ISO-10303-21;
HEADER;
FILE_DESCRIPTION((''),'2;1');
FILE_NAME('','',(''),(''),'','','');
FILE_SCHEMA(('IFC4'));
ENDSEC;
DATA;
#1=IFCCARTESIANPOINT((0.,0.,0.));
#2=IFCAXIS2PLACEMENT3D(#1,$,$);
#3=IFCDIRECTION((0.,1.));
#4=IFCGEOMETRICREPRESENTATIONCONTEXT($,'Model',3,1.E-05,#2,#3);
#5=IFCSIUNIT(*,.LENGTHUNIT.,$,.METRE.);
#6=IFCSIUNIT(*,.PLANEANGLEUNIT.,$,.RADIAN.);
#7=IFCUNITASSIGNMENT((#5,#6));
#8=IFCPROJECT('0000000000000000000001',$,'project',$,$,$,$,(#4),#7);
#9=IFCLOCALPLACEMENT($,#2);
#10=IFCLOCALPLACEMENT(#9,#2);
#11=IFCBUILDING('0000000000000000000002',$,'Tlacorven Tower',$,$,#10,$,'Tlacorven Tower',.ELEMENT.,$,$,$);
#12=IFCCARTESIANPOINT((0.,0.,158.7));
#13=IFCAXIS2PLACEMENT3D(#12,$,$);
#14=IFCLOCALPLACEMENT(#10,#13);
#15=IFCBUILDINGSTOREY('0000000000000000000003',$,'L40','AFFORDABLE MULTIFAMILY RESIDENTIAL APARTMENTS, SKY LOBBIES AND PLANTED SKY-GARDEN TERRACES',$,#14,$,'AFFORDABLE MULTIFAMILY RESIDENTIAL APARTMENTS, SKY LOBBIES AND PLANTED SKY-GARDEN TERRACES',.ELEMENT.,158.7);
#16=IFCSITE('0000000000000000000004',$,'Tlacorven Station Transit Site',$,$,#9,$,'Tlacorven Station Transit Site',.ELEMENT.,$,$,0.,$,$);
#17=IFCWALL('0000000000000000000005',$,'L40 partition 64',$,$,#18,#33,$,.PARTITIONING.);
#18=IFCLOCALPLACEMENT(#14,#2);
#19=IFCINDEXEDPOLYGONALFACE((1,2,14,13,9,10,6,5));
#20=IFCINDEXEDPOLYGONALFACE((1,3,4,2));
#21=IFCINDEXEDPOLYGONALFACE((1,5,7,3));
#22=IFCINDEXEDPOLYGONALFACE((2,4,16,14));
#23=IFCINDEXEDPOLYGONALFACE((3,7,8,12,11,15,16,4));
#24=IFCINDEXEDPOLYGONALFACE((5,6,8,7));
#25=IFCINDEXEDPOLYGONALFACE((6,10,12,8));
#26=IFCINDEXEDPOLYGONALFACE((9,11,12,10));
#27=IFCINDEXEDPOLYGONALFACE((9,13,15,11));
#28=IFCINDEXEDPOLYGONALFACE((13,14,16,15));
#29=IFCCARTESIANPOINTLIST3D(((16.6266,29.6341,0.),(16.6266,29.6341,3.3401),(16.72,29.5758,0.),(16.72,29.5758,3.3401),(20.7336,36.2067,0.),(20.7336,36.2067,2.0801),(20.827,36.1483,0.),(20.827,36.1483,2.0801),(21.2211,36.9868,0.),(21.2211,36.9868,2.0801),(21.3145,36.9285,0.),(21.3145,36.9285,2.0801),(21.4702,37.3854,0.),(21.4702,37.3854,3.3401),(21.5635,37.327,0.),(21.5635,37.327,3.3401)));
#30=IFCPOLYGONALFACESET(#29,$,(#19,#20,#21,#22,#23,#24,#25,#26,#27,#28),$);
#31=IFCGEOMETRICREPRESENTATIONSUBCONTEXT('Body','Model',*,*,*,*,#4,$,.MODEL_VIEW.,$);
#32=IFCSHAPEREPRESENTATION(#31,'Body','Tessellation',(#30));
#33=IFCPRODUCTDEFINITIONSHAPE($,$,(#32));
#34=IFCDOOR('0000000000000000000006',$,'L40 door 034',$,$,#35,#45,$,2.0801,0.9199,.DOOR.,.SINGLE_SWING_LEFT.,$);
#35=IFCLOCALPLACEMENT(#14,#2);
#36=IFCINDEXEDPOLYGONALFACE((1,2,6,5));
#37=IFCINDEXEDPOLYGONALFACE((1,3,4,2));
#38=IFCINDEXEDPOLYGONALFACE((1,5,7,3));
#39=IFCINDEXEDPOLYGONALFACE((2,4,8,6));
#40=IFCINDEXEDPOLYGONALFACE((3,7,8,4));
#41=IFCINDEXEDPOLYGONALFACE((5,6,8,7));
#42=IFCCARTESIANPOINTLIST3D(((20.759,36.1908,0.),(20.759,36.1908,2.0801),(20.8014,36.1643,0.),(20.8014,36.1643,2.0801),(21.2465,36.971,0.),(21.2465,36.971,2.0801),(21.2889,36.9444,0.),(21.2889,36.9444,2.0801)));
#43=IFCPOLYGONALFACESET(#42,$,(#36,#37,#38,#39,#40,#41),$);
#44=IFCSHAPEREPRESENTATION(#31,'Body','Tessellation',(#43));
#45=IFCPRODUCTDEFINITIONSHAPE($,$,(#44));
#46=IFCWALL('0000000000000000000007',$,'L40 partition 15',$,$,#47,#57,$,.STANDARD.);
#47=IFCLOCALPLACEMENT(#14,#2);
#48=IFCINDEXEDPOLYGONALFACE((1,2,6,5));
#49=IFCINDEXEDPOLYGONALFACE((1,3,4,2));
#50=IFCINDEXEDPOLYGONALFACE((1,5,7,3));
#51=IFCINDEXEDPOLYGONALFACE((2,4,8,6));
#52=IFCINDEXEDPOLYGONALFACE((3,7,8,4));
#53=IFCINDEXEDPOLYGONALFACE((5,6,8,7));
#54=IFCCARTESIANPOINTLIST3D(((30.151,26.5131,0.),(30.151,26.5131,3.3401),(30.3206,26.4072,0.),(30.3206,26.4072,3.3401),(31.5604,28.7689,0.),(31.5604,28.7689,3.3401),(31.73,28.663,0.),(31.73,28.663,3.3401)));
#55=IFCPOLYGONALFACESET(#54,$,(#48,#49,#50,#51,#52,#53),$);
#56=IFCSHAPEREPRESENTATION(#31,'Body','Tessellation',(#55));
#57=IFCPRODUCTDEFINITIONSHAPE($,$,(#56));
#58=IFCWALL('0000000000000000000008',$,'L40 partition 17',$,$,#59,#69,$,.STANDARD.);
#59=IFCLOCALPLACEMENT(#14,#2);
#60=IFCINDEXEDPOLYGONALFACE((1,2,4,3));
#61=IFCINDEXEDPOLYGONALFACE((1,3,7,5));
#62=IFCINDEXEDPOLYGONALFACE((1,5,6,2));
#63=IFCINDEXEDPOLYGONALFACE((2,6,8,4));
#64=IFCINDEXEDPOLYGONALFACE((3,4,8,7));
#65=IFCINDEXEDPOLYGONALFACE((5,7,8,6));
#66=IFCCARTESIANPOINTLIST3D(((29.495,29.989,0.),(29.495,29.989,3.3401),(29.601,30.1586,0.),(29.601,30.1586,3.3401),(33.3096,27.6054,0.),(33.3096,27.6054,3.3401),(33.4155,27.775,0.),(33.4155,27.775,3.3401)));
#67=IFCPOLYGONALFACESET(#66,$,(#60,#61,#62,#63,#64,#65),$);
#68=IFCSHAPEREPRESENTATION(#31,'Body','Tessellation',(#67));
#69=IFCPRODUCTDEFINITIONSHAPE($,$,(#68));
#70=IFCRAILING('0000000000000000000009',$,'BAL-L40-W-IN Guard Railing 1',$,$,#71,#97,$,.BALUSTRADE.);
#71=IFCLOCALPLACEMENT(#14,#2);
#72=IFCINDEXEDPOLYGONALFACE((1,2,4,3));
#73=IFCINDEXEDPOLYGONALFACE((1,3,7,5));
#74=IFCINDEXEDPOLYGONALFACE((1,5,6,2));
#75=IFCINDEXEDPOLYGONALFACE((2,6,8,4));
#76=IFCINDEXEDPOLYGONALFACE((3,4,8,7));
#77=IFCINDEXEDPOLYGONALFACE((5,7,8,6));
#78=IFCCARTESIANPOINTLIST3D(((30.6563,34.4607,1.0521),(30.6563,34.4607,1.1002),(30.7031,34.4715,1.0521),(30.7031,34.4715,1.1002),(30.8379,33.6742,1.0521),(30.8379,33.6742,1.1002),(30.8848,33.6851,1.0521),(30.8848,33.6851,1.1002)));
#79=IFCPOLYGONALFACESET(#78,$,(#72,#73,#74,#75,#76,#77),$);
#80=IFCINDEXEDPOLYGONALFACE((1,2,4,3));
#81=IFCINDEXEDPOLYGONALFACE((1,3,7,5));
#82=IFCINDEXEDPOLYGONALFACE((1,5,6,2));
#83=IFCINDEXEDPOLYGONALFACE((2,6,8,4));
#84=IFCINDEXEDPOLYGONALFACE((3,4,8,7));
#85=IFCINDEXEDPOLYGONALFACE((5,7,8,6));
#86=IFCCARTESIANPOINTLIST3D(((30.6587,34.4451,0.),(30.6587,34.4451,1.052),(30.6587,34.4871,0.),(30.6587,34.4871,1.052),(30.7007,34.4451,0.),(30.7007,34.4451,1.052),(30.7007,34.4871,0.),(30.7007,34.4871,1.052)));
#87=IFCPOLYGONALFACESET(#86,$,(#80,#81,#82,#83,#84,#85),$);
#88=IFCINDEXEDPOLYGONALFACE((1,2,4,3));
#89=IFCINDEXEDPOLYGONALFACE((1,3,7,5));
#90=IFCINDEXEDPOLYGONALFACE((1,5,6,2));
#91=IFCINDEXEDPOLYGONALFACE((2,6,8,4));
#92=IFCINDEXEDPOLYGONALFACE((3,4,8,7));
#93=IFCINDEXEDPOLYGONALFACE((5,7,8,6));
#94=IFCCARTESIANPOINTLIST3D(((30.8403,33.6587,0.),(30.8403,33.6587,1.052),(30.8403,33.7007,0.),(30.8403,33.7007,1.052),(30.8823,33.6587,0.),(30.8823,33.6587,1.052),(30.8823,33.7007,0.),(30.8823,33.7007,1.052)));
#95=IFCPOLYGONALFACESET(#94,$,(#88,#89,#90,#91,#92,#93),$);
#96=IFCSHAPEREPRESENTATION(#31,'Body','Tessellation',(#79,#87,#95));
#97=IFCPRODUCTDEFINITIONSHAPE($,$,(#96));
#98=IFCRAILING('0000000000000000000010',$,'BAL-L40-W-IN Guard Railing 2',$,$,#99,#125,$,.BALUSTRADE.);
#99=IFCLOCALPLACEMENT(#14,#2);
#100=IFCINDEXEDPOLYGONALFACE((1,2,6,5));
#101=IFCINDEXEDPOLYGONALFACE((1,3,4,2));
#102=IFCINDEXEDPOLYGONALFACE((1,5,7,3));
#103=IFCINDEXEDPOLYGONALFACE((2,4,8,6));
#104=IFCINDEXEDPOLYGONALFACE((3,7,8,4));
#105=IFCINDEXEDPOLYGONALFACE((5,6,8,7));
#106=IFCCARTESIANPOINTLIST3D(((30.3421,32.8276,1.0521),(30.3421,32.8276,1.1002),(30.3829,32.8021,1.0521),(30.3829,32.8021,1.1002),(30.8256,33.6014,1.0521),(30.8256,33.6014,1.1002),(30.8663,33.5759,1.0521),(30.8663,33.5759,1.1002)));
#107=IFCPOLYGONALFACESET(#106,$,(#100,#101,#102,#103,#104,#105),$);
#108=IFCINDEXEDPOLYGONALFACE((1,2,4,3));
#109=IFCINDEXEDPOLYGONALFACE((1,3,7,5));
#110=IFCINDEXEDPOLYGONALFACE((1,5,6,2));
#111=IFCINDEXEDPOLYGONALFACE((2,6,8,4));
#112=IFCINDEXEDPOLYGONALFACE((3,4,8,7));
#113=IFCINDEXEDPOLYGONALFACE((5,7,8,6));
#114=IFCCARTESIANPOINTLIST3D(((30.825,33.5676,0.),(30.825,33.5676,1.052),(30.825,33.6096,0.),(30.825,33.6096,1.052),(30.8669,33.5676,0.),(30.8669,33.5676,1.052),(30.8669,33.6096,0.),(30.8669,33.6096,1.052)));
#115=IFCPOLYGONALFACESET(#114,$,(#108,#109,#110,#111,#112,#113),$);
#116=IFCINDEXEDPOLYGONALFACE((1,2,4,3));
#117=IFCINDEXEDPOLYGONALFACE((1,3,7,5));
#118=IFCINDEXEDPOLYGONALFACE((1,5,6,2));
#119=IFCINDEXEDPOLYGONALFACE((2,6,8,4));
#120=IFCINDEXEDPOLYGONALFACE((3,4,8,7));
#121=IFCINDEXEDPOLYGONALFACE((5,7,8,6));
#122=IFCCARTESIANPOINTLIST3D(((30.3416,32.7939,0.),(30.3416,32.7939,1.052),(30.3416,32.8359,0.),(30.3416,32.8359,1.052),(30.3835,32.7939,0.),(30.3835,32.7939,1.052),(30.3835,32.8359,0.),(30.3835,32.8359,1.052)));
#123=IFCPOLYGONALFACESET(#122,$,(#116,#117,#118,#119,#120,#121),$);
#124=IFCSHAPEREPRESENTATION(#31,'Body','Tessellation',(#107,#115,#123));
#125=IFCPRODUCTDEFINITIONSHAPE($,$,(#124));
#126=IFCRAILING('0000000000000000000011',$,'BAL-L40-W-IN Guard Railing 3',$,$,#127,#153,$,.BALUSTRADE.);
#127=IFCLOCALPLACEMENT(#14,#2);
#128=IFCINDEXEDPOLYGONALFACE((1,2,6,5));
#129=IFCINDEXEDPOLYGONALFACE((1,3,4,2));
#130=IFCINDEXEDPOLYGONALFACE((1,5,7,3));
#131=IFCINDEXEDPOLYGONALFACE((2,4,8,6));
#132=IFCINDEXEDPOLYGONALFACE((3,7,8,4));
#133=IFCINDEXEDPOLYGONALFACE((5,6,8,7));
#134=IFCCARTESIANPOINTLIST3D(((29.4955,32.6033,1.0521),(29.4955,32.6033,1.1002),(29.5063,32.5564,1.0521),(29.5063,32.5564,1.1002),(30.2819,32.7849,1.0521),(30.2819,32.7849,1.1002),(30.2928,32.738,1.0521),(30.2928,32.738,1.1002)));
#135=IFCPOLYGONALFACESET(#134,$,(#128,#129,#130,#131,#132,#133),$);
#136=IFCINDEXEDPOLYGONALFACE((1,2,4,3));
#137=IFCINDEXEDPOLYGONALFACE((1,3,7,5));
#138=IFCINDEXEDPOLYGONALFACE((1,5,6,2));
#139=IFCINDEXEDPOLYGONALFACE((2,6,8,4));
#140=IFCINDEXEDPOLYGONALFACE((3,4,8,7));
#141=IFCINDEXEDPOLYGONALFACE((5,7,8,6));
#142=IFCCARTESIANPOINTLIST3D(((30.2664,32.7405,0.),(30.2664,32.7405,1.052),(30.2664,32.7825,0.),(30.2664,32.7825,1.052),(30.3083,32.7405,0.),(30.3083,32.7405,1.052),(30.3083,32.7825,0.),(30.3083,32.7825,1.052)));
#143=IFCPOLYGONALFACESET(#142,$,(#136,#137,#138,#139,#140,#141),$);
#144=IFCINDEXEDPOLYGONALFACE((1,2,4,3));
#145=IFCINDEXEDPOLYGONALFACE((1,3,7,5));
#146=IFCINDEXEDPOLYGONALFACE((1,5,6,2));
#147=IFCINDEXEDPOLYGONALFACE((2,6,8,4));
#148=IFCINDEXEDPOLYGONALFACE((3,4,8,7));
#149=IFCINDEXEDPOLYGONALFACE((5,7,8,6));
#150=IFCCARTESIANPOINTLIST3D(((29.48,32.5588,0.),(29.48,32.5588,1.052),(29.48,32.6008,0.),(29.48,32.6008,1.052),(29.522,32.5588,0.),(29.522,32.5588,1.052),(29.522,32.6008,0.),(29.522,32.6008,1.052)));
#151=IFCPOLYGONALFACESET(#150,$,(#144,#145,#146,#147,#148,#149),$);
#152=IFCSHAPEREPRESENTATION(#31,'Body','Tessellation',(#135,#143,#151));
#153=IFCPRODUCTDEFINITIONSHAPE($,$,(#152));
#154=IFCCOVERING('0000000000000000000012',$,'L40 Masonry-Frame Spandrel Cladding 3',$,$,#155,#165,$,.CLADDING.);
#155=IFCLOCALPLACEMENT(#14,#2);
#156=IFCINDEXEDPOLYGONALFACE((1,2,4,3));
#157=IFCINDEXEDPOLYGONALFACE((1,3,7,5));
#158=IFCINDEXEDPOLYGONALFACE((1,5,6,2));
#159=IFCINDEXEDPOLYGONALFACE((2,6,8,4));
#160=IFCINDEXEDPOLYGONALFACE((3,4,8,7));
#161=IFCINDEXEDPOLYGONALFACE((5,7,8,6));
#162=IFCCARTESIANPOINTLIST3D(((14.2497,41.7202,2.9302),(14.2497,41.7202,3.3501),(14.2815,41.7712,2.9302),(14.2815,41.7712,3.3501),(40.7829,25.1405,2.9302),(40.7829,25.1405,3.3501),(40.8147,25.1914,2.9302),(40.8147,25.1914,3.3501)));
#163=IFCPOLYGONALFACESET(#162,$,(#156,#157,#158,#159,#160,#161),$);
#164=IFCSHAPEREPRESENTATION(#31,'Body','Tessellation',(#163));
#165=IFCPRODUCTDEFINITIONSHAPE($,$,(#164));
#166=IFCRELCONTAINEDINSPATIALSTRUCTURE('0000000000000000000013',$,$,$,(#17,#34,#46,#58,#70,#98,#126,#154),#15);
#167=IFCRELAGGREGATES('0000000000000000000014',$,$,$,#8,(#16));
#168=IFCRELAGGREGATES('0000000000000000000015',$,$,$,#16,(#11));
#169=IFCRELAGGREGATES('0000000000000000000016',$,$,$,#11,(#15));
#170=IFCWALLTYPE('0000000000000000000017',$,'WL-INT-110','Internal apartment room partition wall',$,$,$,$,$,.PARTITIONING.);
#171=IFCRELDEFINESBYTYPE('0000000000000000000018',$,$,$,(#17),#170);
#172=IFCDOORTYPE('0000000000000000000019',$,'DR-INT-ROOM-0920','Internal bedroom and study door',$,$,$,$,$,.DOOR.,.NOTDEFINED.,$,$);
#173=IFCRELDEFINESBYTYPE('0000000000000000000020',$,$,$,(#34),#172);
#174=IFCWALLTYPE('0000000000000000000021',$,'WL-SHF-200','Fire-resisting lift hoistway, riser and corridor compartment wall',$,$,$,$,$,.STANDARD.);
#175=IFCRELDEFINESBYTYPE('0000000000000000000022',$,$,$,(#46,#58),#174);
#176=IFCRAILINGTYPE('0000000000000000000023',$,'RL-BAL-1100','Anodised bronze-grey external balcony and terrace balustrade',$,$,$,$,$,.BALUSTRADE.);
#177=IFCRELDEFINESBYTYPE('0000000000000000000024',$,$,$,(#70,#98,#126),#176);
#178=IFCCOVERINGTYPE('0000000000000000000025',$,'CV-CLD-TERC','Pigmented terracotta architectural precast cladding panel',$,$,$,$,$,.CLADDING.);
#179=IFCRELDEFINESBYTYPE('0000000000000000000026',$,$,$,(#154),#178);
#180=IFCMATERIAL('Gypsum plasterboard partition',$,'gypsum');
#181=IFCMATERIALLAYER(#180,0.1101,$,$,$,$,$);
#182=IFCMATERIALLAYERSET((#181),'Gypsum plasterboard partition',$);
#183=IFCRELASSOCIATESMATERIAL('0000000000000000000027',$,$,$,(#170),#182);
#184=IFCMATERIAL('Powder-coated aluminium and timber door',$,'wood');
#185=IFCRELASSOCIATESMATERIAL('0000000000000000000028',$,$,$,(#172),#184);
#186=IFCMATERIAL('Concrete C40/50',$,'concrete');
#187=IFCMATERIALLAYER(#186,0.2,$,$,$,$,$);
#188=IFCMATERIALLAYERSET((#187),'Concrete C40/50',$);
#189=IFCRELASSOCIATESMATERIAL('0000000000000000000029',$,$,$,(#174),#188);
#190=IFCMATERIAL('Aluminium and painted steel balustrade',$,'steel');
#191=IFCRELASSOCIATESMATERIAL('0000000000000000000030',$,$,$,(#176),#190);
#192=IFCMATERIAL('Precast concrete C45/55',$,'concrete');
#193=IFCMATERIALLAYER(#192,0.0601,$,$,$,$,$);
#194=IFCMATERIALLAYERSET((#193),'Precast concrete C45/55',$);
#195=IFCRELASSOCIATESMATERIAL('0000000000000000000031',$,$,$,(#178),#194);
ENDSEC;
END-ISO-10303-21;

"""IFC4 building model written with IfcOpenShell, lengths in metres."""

from ifc_helpers import new_model, si_unit, direction, frame, frame_2d, origin, origin_2d, place, context, subcontext, project, spatial, rectangle, extrude, source, transform, mapped, material, layer, layer_set, type_object, element, fill, save


model = new_model("IFC4")

# Units and contexts
model_context = context("Model", 3, precision=1e-05, world=origin(), true_north=direction((0.0, 1.0)))
body_context = subcontext(model_context, "Body", "Model", "MODEL_VIEW")
ifc_project = project(units=[si_unit("LENGTHUNIT", "METRE"), si_unit("PLANEANGLEUNIT", "RADIAN")], contexts=[model_context])

# Site, building, storey
site_placement = place(None, origin())
site = spatial("IfcSite", under=ifc_project, at=site_placement, Name="Tlacorven Station Transit Site", LongName="Tlacorven Station Transit Site", CompositionType="ELEMENT", RefElevation=0.0)
building_placement = place(site_placement, origin())
building = spatial("IfcBuilding", under=site, at=building_placement, Name="Tlacorven Tower", LongName="Tlacorven Tower", CompositionType="ELEMENT")
storey_placement = place(building_placement, frame((0.0, 0.0, 158.7)))
storey = spatial("IfcBuildingStorey", under=building, at=storey_placement, Name="L40", Description="AFFORDABLE MULTIFAMILY RESIDENTIAL APARTMENTS, SKY LOBBIES AND PLANTED SKY-GARDEN TERRACES", LongName="AFFORDABLE MULTIFAMILY RESIDENTIAL APARTMENTS, SKY LOBBIES AND PLANTED SKY-GARDEN TERRACES", CompositionType="ELEMENT", Elevation=158.7)

# Wall, opening, door
ifc_material_1 = material(Name="Gypsum plasterboard partition", Category="gypsum")
ifc_layer_1 = layer(ifc_material_1, 0.1101)
ifc_layer_set_1 = layer_set([ifc_layer_1], Name="Gypsum plasterboard partition")
wall_type_1 = type_object("IfcWallType", Name="WL-INT-110", Description="Internal apartment room partition wall", PredefinedType="PARTITIONING", material=ifc_layer_set_1)
ifc_material_2 = material(Name="Powder-coated aluminium and timber door", Category="wood")
door_type = type_object("IfcDoorType", Name="DR-INT-ROOM-0920", Description="Internal bedroom and study door", OperationType="NOTDEFINED", PredefinedType="DOOR", material=ifc_material_2)
shared_shape_1 = source(origin(), body_context, "Body", "SweptSolid", [
    extrude(rectangle(XDim=0.9199, YDim=2.0801, at=frame_2d((0.46, 1.04))), frame((0.0, 0.0249, 0.0), z_axis=(0.0, -1.0, 0.0), x_axis=(1.0, 0.0, 0.0)), (0.0, 0.0, 1.0), 0.05),
])
wall_1_placement = place(storey_placement, frame((21.5168, 37.3562, 0.0), z_axis=(0.0, 0.0, 1.0), x_axis=(-0.52992, -0.848048, 0.0)))
wall_1 = element("IfcWall", 1, at=wall_1_placement, inside=storey, type_object=wall_type_1, Name="L40 partition 64", PredefinedType="PARTITIONING", context=body_context, shape_type="SweptSolid", body=[
    extrude(rectangle(XDim=9.1401, YDim=0.1101, at=frame_2d((4.5701, 0.0))), origin(), (0.0, 0.0, 1.0), 3.3401),
])
opening_1_placement = place(wall_1_placement, frame((0.47, 0.0, 0.0)))
opening_1 = element("IfcOpeningElement", 2, at=opening_1_placement, cuts=wall_1, PredefinedType="OPENING", context=body_context, shape_type="SweptSolid", body=[
    extrude(rectangle(XDim=0.9199, YDim=2.0801, at=frame_2d((0.46, 1.04))), frame((0.0, 0.0649, 0.0), z_axis=(0.0, -1.0, 0.0), x_axis=(1.0, 0.0, 0.0)), (0.0, 0.0, 1.0), 0.1301),
])
door_1_placement = place(opening_1_placement, origin())
door_1 = element("IfcDoor", 3, at=door_1_placement, inside=storey, type_object=door_type, Name="L40 door 034", OperationType="SINGLE_SWING_LEFT", OverallHeight=2.0801, OverallWidth=0.9199, PredefinedType="DOOR", context=body_context, shape_type="MappedRepresentation", body=[
    mapped(shared_shape_1, transform((0.0, 0.0, 0.0), scale=1.0)),
])
fill(opening_1, door_1)

# Walls
ifc_material_3 = material(Name="Concrete C40/50", Category="concrete")
ifc_layer_2 = layer(ifc_material_3, 0.2)
ifc_layer_set_2 = layer_set([ifc_layer_2], Name="Concrete C40/50")
wall_type_2 = type_object("IfcWallType", Name="WL-SHF-200", Description="Fire-resisting lift hoistway, riser and corridor compartment wall", PredefinedType="STANDARD", material=ifc_layer_set_2)
wall_2_placement = place(storey_placement, frame((31.6453, 28.7161, 0.0), z_axis=(0.0, 0.0, 1.0), x_axis=(-0.529867, -0.848081, 0.0)))
element("IfcWall", 4, at=wall_2_placement, inside=storey, type_object=wall_type_2, Name="L40 partition 15", PredefinedType="STANDARD", context=body_context, shape_type="SweptSolid", body=[
    extrude(rectangle(XDim=2.6599, YDim=0.2, at=frame_2d((1.3301, 0.0))), origin(), (0.0, 0.0, 1.0), 3.3401),
])
wall_3_placement = place(storey_placement, frame((33.3625, 27.6902, 0.0), z_axis=(0.0, 0.0, 1.0), x_axis=(-0.848047, 0.529921, 0.0)))
element("IfcWall", 5, at=wall_3_placement, inside=storey, type_object=wall_type_2, Name="L40 partition 17", PredefinedType="STANDARD", context=body_context, shape_type="SweptSolid", body=[
    extrude(rectangle(XDim=4.498, YDim=0.2, at=frame_2d((2.249, 0.0))), origin(), (0.0, 0.0, 1.0), 3.3401),
])

# Railings
ifc_material_4 = material(Name="Aluminium and painted steel balustrade", Category="steel")
railing_type = type_object("IfcRailingType", Name="RL-BAL-1100", Description="Anodised bronze-grey external balcony and terrace balustrade", PredefinedType="BALUSTRADE", material=ifc_material_4)
shared_shape_2 = source(origin(), body_context, "Body", "SweptSolid", [
    extrude(rectangle(XDim=0.0481, YDim=0.0481, at=origin_2d()), frame((0.0, 0.0, 1.0762), z_axis=(0.225058, -0.974345, 0.0), x_axis=(0.974345, 0.225058, 0.0)), (0.0, 0.0, 1.0), 0.8071),
    extrude(rectangle(XDim=0.042, YDim=0.042, at=origin_2d()), origin(), (0.0, 0.0, 1.0), 1.052),
    extrude(rectangle(XDim=0.042, YDim=0.042, at=origin_2d()), frame((0.1816, -0.7864, 0.0)), (0.0, 0.0, 1.0), 1.052),
])
railing_1_placement = place(storey_placement, frame((30.6797, 34.4661, 0.0)))
element("IfcRailing", 6, at=railing_1_placement, inside=storey, type_object=railing_type, Name="BAL-L40-W-IN Guard Railing 1", PredefinedType="BALUSTRADE", context=body_context, shape_type="MappedRepresentation", body=[
    mapped(shared_shape_2, transform((0.0, 0.0, 0.0), scale=1.0)),
])
shared_shape_3 = source(origin(), body_context, "Body", "SweptSolid", [
    extrude(rectangle(XDim=0.0481, YDim=0.0481, at=origin_2d()), frame((0.0, 0.0, 1.0762), z_axis=(-0.529879, -0.848073, 0.0), x_axis=(0.848073, -0.529879, 0.0)), (0.0, 0.0, 1.0), 0.9124),
    extrude(rectangle(XDim=0.042, YDim=0.042, at=origin_2d()), origin(), (0.0, 0.0, 1.0), 1.052),
    extrude(rectangle(XDim=0.042, YDim=0.042, at=origin_2d()), frame((-0.4834, -0.7737, 0.0)), (0.0, 0.0, 1.0), 1.052),
])
railing_2_placement = place(storey_placement, frame((30.8459, 33.5886, 0.0)))
element("IfcRailing", 7, at=railing_2_placement, inside=storey, type_object=railing_type, Name="BAL-L40-W-IN Guard Railing 2", PredefinedType="BALUSTRADE", context=body_context, shape_type="MappedRepresentation", body=[
    mapped(shared_shape_3, transform((0.0, 0.0, 0.0), scale=1.0)),
])
shared_shape_4 = source(origin(), body_context, "Body", "SweptSolid", [
    extrude(rectangle(XDim=0.0481, YDim=0.0481, at=origin_2d()), frame((0.0, 0.0, 1.0762), z_axis=(-0.974345, -0.225058, 0.0), x_axis=(0.225058, -0.974345, 0.0)), (0.0, 0.0, 1.0), 0.8071),
    extrude(rectangle(XDim=0.042, YDim=0.042, at=origin_2d()), origin(), (0.0, 0.0, 1.0), 1.052),
    extrude(rectangle(XDim=0.042, YDim=0.042, at=origin_2d()), frame((-0.7864, -0.1816, 0.0)), (0.0, 0.0, 1.0), 1.052),
])
railing_3_placement = place(storey_placement, frame((30.2874, 32.7615, 0.0)))
element("IfcRailing", 8, at=railing_3_placement, inside=storey, type_object=railing_type, Name="BAL-L40-W-IN Guard Railing 3", PredefinedType="BALUSTRADE", context=body_context, shape_type="MappedRepresentation", body=[
    mapped(shared_shape_4, transform((0.0, 0.0, 0.0), scale=1.0)),
])

# Covering
ifc_material_5 = material(Name="Precast concrete C45/55", Category="concrete")
ifc_layer_3 = layer(ifc_material_5, 0.0601)
ifc_layer_set_3 = layer_set([ifc_layer_3], Name="Precast concrete C45/55")
covering_type = type_object("IfcCoveringType", Name="CV-CLD-TERC", Description="Pigmented terracotta architectural precast cladding panel", PredefinedType="CLADDING", material=ifc_layer_set_3)
shared_shape_5 = source(origin(), body_context, "Body", "SweptSolid", [
    extrude(rectangle(XDim=31.2874, YDim=0.0601, at=origin_2d()), origin(), (0.0, 0.0, 1.0), 0.4199),
])
covering_placement = place(storey_placement, frame((27.5322, 33.4558, 2.9302), z_axis=(0.0, 0.0, 1.0), x_axis=(0.848048, -0.529919, 0.0)))
element("IfcCovering", 9, at=covering_placement, inside=storey, type_object=covering_type, Name="L40 Masonry-Frame Spandrel Cladding 3", PredefinedType="CLADDING", context=body_context, shape_type="MappedRepresentation", body=[
    mapped(shared_shape_5, transform((0.0, 0.0, 0.0), scale=1.0)),
])

save(model, "model.ifc")
